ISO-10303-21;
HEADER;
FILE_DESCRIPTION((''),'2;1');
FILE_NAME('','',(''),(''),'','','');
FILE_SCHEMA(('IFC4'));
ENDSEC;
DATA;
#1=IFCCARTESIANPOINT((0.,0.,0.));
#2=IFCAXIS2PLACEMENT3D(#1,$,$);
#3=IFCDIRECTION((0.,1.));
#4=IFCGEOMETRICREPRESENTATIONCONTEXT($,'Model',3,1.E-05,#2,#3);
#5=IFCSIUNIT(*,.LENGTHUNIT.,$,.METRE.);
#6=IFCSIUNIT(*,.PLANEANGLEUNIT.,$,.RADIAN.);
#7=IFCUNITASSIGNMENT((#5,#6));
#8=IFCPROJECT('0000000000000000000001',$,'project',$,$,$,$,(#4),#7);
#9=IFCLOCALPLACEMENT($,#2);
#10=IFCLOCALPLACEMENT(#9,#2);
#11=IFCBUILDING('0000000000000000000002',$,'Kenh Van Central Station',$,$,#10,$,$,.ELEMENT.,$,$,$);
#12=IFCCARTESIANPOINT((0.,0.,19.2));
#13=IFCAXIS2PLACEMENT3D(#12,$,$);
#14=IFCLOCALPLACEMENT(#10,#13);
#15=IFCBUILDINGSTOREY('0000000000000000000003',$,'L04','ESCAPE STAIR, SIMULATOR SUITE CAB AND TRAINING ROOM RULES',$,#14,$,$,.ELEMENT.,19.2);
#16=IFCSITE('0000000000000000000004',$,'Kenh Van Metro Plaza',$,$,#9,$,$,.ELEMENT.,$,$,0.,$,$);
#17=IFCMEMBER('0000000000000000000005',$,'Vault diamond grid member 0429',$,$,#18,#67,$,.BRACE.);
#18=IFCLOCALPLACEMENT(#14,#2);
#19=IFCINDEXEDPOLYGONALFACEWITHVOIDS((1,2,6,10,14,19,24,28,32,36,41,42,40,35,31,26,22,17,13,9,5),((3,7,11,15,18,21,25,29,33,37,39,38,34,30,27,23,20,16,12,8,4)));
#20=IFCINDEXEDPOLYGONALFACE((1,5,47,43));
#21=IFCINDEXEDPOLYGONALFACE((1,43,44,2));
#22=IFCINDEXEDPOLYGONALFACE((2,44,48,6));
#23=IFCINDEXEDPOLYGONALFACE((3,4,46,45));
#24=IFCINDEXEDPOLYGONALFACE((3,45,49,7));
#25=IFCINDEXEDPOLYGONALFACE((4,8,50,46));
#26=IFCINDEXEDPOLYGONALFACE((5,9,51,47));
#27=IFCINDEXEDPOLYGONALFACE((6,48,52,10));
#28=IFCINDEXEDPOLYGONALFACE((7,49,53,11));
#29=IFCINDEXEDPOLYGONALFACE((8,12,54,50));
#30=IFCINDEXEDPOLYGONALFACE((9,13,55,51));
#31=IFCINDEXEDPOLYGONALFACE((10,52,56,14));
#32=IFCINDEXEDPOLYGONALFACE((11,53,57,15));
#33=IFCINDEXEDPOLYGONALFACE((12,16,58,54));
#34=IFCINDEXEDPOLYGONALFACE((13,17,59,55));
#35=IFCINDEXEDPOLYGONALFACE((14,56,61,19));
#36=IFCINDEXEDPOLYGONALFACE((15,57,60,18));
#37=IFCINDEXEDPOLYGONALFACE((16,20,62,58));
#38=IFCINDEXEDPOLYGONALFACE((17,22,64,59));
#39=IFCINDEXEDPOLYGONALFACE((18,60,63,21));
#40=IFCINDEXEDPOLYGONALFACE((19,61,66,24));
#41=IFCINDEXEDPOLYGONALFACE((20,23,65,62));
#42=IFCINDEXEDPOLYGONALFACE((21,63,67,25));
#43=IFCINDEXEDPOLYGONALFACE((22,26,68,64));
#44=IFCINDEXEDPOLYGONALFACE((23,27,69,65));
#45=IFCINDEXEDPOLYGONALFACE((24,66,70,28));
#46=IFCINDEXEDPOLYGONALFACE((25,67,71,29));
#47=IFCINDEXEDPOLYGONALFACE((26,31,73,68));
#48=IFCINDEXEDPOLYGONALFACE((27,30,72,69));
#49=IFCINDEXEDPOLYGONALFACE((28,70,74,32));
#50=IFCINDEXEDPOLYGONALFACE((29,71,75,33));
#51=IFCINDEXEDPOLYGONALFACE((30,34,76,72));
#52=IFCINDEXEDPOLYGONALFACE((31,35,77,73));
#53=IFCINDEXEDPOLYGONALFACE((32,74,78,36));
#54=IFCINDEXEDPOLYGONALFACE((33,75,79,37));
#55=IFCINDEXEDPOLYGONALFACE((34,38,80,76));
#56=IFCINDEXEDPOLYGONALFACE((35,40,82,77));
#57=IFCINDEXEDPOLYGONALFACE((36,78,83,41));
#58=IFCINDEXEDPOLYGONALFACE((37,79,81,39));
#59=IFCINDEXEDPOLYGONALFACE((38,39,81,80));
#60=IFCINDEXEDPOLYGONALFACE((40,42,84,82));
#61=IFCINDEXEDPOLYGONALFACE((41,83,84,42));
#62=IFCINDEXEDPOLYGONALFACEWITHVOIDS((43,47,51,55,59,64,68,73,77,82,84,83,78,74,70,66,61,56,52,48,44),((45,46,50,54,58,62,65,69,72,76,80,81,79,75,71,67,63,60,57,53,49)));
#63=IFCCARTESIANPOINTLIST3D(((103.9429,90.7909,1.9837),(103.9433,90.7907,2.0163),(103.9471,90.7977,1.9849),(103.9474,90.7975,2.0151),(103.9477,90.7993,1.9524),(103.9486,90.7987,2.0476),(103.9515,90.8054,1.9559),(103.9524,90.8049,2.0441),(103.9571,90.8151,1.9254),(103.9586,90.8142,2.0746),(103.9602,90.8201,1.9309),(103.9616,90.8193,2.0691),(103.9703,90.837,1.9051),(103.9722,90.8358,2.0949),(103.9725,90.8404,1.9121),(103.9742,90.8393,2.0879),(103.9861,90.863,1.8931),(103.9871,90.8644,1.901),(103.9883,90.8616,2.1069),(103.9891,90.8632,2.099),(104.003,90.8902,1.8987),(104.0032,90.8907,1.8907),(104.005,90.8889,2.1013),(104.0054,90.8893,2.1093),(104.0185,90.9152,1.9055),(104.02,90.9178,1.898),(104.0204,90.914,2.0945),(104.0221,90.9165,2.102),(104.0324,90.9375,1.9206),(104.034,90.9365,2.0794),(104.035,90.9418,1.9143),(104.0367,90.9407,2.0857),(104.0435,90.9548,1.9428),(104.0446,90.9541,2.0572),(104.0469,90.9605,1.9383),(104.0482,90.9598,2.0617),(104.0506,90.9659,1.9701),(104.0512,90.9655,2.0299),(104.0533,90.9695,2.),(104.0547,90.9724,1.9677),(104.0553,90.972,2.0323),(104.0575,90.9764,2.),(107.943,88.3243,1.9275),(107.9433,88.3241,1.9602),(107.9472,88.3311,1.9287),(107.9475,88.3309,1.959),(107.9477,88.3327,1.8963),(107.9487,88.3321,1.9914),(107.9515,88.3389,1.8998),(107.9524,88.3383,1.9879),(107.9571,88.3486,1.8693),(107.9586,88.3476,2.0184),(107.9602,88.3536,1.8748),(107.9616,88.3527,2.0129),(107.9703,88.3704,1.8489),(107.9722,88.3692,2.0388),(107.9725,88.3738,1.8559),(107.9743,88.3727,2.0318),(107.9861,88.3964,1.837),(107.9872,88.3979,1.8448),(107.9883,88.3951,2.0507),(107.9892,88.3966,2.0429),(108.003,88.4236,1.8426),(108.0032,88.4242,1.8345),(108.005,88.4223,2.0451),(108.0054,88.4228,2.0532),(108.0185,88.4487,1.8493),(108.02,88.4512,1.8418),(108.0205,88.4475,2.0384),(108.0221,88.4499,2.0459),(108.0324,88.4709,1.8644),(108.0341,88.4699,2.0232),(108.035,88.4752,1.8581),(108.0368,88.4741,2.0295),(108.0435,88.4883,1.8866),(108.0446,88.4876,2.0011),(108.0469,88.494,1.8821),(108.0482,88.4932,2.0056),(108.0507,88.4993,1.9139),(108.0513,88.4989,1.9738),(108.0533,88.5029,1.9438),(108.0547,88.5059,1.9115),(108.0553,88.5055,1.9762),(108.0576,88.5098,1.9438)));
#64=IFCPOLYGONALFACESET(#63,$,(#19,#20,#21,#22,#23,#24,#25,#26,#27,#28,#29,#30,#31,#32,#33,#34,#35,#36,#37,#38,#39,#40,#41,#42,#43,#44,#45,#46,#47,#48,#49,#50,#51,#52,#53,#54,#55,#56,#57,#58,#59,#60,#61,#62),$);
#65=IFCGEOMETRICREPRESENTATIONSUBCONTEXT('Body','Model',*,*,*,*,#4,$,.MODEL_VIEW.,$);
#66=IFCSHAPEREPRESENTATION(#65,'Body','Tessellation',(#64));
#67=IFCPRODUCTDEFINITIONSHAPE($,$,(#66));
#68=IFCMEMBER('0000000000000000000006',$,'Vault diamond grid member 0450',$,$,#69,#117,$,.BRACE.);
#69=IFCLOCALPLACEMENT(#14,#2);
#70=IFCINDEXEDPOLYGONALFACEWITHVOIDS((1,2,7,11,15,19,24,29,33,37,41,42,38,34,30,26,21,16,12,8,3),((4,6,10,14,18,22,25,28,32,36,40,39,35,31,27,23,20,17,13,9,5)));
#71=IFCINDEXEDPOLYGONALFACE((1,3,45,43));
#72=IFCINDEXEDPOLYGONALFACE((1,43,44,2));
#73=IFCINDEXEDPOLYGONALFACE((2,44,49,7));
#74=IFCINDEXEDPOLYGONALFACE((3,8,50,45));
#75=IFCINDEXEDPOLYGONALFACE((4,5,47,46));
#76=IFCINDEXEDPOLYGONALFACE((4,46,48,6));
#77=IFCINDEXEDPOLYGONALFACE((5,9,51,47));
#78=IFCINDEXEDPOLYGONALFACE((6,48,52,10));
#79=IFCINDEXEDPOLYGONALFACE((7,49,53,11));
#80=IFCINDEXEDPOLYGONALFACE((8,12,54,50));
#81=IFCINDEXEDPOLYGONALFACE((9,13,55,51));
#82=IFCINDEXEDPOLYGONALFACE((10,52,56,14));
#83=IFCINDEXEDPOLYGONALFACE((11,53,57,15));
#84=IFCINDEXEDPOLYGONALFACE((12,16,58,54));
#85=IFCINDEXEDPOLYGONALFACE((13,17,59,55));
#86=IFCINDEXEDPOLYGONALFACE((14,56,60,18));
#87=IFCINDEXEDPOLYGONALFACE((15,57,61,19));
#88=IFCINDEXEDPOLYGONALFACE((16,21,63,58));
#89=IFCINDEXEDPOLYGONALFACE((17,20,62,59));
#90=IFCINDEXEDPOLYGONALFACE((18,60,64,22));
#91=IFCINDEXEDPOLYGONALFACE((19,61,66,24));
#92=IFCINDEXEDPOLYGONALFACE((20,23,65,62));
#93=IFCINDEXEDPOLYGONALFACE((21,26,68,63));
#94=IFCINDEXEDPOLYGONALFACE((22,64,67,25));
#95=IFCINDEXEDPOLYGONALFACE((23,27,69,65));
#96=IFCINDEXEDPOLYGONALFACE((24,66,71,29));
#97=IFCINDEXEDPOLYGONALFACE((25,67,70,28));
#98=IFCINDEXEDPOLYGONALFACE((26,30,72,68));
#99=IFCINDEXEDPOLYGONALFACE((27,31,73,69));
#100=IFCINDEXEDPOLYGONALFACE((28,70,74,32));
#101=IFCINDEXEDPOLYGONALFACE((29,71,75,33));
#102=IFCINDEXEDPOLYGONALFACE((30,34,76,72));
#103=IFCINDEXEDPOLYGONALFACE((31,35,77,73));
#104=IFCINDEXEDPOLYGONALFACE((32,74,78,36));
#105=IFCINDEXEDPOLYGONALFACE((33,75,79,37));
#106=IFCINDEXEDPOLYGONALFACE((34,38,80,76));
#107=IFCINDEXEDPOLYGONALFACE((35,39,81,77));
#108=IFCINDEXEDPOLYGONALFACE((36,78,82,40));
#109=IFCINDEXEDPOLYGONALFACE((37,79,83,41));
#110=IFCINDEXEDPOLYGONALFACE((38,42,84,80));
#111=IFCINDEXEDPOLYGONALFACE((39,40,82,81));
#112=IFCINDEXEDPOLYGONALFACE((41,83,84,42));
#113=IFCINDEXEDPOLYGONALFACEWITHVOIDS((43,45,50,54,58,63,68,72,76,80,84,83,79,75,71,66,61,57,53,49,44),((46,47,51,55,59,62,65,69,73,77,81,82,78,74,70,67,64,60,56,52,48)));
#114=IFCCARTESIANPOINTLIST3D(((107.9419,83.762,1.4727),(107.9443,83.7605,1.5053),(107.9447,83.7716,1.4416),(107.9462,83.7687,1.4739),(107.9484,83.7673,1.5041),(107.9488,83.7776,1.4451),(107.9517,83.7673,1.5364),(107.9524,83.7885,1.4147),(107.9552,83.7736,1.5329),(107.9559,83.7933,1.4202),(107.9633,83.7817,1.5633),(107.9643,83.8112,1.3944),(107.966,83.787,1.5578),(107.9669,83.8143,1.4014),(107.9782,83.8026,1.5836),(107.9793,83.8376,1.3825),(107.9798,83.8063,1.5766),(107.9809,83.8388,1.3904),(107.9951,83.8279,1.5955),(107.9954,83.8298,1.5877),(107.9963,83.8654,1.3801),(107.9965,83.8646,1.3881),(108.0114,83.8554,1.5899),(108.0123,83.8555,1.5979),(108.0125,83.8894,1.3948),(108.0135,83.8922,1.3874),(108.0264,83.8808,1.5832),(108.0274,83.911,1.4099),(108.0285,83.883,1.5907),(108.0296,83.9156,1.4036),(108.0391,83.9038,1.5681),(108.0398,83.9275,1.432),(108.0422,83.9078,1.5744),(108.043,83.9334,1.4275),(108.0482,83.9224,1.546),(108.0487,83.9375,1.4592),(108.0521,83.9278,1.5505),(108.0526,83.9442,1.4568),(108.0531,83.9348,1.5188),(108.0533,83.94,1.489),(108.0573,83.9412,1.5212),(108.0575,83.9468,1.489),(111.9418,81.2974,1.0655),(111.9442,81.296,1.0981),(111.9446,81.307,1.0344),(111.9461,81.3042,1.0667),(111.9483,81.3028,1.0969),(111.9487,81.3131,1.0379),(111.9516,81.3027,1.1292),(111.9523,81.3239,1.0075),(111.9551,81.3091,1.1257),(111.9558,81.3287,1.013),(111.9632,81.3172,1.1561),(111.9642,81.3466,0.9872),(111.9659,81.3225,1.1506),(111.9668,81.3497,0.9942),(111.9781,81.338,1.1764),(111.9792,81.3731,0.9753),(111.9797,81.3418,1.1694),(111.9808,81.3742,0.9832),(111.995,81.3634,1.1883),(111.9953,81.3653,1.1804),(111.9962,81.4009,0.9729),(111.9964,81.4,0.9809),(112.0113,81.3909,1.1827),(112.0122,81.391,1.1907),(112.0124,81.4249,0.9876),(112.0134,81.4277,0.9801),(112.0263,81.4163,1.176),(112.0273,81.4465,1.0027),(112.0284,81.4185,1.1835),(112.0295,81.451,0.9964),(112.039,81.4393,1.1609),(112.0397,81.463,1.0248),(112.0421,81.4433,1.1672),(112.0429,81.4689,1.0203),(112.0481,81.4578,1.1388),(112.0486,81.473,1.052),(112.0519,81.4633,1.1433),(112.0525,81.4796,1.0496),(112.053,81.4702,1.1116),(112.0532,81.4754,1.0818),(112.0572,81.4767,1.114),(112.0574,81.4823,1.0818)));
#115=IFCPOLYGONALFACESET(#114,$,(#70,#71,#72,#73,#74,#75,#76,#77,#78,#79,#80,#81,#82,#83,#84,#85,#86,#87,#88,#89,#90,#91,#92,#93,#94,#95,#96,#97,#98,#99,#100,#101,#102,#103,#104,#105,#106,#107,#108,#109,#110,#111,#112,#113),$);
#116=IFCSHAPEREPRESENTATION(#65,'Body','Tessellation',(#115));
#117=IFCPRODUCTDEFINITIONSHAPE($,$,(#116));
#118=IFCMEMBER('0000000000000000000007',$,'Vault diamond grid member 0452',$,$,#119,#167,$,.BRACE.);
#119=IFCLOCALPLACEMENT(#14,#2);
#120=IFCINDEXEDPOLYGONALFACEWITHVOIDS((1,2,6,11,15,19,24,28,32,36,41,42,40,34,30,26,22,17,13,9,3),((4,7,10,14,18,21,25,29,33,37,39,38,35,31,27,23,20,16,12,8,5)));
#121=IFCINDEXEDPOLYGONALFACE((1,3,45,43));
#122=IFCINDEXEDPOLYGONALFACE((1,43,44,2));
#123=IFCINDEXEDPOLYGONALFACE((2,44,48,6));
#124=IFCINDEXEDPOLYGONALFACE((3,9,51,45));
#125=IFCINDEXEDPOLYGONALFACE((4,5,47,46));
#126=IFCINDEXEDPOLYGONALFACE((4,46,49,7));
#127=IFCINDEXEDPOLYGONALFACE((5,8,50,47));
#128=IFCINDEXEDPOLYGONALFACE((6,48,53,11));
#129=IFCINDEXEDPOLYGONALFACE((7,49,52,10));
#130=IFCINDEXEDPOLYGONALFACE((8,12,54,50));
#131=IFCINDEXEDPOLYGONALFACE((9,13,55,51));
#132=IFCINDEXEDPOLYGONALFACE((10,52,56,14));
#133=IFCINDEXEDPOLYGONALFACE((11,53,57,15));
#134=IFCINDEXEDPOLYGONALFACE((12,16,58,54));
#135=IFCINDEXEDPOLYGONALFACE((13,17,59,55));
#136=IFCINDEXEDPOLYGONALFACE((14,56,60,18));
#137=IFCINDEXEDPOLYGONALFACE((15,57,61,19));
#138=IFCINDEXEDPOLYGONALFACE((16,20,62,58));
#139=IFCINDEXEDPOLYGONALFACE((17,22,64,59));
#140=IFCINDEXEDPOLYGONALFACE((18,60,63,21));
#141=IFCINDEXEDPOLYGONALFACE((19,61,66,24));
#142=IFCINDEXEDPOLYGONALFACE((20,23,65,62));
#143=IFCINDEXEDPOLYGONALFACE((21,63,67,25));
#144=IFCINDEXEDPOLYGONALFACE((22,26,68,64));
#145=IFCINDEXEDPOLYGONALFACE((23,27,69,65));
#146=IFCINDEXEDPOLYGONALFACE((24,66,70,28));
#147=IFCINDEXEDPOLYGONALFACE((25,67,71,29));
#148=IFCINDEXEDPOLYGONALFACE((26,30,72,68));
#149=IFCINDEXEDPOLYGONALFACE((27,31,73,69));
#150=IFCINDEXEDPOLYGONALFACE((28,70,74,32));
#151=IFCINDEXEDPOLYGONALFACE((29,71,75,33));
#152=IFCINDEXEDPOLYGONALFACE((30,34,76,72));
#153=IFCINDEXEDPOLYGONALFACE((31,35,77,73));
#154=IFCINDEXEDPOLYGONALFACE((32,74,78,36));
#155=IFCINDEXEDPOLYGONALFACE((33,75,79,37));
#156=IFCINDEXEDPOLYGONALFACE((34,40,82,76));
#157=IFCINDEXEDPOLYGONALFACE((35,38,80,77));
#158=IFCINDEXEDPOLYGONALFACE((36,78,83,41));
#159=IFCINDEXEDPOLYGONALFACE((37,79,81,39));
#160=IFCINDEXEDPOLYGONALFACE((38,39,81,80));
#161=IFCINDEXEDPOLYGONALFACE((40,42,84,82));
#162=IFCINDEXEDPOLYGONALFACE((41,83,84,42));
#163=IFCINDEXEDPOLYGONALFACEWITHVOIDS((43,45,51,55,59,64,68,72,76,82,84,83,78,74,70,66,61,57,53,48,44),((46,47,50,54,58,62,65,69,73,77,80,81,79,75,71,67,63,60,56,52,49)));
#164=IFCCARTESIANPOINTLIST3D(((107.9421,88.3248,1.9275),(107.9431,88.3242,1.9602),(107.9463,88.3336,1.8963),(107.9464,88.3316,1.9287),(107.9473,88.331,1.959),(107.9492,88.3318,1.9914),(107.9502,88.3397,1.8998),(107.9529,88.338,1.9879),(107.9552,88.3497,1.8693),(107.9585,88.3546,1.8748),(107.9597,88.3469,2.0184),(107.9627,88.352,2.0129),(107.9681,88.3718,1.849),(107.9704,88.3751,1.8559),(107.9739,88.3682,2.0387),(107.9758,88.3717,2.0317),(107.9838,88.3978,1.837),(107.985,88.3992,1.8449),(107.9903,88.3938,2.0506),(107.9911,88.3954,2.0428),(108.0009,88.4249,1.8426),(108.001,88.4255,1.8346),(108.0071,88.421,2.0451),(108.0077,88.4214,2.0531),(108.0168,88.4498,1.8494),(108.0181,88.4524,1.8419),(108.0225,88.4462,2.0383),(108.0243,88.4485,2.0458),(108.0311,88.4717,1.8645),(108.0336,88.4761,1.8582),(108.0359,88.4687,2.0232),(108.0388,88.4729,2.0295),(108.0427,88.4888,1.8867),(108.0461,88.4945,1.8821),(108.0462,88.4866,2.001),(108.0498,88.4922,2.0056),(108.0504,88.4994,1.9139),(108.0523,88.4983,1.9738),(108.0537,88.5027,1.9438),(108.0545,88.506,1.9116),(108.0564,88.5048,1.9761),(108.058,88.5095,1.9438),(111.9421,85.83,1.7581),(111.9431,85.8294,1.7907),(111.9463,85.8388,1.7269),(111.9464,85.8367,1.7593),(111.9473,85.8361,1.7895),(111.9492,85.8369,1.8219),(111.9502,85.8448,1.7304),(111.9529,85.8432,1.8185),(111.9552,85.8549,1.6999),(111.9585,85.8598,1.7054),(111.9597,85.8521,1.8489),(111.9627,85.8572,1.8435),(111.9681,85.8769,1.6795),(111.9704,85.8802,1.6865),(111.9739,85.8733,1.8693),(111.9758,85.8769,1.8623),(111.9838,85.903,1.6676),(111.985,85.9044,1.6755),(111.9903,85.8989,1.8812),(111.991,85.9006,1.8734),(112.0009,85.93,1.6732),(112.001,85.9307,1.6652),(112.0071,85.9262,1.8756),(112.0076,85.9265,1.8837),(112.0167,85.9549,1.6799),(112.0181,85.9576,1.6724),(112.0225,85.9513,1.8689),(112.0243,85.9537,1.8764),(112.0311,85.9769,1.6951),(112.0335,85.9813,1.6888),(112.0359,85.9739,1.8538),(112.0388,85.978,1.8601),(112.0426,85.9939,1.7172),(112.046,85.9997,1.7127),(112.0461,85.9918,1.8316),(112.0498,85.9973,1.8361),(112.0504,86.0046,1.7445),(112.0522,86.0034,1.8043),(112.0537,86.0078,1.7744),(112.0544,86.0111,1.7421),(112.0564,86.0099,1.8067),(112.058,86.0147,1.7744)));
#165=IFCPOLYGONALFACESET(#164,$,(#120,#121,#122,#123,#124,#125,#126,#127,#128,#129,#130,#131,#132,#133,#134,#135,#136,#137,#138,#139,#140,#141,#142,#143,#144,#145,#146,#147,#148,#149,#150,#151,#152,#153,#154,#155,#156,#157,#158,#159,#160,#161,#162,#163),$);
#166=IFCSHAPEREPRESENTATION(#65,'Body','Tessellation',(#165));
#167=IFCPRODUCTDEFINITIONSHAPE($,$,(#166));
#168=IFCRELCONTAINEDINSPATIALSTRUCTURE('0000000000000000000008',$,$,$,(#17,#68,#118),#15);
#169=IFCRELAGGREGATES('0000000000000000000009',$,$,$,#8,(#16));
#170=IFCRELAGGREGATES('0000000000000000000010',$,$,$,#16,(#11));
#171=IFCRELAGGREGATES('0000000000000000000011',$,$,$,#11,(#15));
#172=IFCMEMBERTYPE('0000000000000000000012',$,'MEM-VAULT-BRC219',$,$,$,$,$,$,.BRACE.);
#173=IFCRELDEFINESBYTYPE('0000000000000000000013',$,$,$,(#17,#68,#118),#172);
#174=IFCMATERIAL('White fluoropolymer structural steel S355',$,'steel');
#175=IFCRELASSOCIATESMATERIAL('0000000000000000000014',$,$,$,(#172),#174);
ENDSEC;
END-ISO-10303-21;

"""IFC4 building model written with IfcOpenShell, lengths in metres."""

from ifc_helpers import new_model, si_unit, direction, frame, origin, origin_2d, place, context, subcontext, project, spatial, hollow_circle, extrude, material, material_profile, profile_set, type_object, element, save


model = new_model("IFC4")

# Units and contexts
model_context = context("Model", 3, precision=1e-05, world=origin(), true_north=direction((0.0, 1.0)))
body_context = subcontext(model_context, "Body", "Model", "MODEL_VIEW")
ifc_project = project(units=[si_unit("LENGTHUNIT", "METRE"), si_unit("PLANEANGLEUNIT", "RADIAN")], contexts=[model_context])

# Site, building, storey
site_placement = place(None, origin())
site = spatial("IfcSite", under=ifc_project, at=site_placement, Name="Kenh Van Metro Plaza", CompositionType="ELEMENT", RefElevation=0.0)
building_placement = place(site_placement, origin())
building = spatial("IfcBuilding", under=site, at=building_placement, Name="Kenh Van Central Station", CompositionType="ELEMENT")
storey_placement = place(building_placement, frame((0.0, 0.0, 19.2)))
storey = spatial("IfcBuildingStorey", under=building, at=storey_placement, Name="L04", Description="ESCAPE STAIR, SIMULATOR SUITE CAB AND TRAINING ROOM RULES", CompositionType="ELEMENT", Elevation=19.2)

# Shared definitions
ifc_material_1 = material(Name="White fluoropolymer structural steel S355", Category="steel")

# Members
ifc_material_profile_1 = material_profile(ifc_material_1, hollow_circle(Radius=0.1096, WallThickness=0.0081, at=origin_2d()), Name="CHS 219.1x8")
ifc_profile_set_1 = profile_set([ifc_material_profile_1], Name="White fluoropolymer structural steel S355")
member_type_1 = type_object("IfcMemberType", Name="MEM-VAULT-BRC219", PredefinedType="BRACE", material=ifc_profile_set_1)
member_1_placement = place(storey_placement, frame((104.0, 90.8831, 2.0), z_axis=(0.851121, -0.524834, -0.011948), x_axis=(0.524871, 0.851182, 0.0)))
element("IfcMember", 1, at=member_1_placement, inside=storey, type_object=member_type_1, Name="Vault diamond grid member 0429", PredefinedType="BRACE", context=body_context, shape_type="SweptSolid", body=[
    extrude(hollow_circle(Radius=0.1096, WallThickness=0.0081, at=origin_2d()), origin(), (0.0, 0.0, 1.0), 4.6997),
])
member_2_placement = place(storey_placement, frame((108.0, 83.8535, 1.489), z_axis=(0.848187, -0.522611, -0.086351), x_axis=(0.52457, 0.851367, 0.0)))
element("IfcMember", 2, at=member_2_placement, inside=storey, type_object=member_type_1, Name="Vault diamond grid member 0450", PredefinedType="BRACE", context=body_context, shape_type="SweptSolid", body=[
    extrude(hollow_circle(Radius=0.1096, WallThickness=0.0081, at=origin_2d()), origin(), (0.0, 0.0, 1.0), 4.7158),
])
member_3_placement = place(storey_placement, frame((108.0, 88.4165, 1.9438), z_axis=(0.847939, -0.528875, -0.035917), x_axis=(0.529217, 0.848487, 0.0)))
element("IfcMember", 3, at=member_3_placement, inside=storey, type_object=member_type_1, Name="Vault diamond grid member 0452", PredefinedType="BRACE", context=body_context, shape_type="SweptSolid", body=[
    extrude(hollow_circle(Radius=0.1096, WallThickness=0.0081, at=origin_2d()), origin(), (0.0, 0.0, 1.0), 4.7173),
])

save(model, "model.ifc")
